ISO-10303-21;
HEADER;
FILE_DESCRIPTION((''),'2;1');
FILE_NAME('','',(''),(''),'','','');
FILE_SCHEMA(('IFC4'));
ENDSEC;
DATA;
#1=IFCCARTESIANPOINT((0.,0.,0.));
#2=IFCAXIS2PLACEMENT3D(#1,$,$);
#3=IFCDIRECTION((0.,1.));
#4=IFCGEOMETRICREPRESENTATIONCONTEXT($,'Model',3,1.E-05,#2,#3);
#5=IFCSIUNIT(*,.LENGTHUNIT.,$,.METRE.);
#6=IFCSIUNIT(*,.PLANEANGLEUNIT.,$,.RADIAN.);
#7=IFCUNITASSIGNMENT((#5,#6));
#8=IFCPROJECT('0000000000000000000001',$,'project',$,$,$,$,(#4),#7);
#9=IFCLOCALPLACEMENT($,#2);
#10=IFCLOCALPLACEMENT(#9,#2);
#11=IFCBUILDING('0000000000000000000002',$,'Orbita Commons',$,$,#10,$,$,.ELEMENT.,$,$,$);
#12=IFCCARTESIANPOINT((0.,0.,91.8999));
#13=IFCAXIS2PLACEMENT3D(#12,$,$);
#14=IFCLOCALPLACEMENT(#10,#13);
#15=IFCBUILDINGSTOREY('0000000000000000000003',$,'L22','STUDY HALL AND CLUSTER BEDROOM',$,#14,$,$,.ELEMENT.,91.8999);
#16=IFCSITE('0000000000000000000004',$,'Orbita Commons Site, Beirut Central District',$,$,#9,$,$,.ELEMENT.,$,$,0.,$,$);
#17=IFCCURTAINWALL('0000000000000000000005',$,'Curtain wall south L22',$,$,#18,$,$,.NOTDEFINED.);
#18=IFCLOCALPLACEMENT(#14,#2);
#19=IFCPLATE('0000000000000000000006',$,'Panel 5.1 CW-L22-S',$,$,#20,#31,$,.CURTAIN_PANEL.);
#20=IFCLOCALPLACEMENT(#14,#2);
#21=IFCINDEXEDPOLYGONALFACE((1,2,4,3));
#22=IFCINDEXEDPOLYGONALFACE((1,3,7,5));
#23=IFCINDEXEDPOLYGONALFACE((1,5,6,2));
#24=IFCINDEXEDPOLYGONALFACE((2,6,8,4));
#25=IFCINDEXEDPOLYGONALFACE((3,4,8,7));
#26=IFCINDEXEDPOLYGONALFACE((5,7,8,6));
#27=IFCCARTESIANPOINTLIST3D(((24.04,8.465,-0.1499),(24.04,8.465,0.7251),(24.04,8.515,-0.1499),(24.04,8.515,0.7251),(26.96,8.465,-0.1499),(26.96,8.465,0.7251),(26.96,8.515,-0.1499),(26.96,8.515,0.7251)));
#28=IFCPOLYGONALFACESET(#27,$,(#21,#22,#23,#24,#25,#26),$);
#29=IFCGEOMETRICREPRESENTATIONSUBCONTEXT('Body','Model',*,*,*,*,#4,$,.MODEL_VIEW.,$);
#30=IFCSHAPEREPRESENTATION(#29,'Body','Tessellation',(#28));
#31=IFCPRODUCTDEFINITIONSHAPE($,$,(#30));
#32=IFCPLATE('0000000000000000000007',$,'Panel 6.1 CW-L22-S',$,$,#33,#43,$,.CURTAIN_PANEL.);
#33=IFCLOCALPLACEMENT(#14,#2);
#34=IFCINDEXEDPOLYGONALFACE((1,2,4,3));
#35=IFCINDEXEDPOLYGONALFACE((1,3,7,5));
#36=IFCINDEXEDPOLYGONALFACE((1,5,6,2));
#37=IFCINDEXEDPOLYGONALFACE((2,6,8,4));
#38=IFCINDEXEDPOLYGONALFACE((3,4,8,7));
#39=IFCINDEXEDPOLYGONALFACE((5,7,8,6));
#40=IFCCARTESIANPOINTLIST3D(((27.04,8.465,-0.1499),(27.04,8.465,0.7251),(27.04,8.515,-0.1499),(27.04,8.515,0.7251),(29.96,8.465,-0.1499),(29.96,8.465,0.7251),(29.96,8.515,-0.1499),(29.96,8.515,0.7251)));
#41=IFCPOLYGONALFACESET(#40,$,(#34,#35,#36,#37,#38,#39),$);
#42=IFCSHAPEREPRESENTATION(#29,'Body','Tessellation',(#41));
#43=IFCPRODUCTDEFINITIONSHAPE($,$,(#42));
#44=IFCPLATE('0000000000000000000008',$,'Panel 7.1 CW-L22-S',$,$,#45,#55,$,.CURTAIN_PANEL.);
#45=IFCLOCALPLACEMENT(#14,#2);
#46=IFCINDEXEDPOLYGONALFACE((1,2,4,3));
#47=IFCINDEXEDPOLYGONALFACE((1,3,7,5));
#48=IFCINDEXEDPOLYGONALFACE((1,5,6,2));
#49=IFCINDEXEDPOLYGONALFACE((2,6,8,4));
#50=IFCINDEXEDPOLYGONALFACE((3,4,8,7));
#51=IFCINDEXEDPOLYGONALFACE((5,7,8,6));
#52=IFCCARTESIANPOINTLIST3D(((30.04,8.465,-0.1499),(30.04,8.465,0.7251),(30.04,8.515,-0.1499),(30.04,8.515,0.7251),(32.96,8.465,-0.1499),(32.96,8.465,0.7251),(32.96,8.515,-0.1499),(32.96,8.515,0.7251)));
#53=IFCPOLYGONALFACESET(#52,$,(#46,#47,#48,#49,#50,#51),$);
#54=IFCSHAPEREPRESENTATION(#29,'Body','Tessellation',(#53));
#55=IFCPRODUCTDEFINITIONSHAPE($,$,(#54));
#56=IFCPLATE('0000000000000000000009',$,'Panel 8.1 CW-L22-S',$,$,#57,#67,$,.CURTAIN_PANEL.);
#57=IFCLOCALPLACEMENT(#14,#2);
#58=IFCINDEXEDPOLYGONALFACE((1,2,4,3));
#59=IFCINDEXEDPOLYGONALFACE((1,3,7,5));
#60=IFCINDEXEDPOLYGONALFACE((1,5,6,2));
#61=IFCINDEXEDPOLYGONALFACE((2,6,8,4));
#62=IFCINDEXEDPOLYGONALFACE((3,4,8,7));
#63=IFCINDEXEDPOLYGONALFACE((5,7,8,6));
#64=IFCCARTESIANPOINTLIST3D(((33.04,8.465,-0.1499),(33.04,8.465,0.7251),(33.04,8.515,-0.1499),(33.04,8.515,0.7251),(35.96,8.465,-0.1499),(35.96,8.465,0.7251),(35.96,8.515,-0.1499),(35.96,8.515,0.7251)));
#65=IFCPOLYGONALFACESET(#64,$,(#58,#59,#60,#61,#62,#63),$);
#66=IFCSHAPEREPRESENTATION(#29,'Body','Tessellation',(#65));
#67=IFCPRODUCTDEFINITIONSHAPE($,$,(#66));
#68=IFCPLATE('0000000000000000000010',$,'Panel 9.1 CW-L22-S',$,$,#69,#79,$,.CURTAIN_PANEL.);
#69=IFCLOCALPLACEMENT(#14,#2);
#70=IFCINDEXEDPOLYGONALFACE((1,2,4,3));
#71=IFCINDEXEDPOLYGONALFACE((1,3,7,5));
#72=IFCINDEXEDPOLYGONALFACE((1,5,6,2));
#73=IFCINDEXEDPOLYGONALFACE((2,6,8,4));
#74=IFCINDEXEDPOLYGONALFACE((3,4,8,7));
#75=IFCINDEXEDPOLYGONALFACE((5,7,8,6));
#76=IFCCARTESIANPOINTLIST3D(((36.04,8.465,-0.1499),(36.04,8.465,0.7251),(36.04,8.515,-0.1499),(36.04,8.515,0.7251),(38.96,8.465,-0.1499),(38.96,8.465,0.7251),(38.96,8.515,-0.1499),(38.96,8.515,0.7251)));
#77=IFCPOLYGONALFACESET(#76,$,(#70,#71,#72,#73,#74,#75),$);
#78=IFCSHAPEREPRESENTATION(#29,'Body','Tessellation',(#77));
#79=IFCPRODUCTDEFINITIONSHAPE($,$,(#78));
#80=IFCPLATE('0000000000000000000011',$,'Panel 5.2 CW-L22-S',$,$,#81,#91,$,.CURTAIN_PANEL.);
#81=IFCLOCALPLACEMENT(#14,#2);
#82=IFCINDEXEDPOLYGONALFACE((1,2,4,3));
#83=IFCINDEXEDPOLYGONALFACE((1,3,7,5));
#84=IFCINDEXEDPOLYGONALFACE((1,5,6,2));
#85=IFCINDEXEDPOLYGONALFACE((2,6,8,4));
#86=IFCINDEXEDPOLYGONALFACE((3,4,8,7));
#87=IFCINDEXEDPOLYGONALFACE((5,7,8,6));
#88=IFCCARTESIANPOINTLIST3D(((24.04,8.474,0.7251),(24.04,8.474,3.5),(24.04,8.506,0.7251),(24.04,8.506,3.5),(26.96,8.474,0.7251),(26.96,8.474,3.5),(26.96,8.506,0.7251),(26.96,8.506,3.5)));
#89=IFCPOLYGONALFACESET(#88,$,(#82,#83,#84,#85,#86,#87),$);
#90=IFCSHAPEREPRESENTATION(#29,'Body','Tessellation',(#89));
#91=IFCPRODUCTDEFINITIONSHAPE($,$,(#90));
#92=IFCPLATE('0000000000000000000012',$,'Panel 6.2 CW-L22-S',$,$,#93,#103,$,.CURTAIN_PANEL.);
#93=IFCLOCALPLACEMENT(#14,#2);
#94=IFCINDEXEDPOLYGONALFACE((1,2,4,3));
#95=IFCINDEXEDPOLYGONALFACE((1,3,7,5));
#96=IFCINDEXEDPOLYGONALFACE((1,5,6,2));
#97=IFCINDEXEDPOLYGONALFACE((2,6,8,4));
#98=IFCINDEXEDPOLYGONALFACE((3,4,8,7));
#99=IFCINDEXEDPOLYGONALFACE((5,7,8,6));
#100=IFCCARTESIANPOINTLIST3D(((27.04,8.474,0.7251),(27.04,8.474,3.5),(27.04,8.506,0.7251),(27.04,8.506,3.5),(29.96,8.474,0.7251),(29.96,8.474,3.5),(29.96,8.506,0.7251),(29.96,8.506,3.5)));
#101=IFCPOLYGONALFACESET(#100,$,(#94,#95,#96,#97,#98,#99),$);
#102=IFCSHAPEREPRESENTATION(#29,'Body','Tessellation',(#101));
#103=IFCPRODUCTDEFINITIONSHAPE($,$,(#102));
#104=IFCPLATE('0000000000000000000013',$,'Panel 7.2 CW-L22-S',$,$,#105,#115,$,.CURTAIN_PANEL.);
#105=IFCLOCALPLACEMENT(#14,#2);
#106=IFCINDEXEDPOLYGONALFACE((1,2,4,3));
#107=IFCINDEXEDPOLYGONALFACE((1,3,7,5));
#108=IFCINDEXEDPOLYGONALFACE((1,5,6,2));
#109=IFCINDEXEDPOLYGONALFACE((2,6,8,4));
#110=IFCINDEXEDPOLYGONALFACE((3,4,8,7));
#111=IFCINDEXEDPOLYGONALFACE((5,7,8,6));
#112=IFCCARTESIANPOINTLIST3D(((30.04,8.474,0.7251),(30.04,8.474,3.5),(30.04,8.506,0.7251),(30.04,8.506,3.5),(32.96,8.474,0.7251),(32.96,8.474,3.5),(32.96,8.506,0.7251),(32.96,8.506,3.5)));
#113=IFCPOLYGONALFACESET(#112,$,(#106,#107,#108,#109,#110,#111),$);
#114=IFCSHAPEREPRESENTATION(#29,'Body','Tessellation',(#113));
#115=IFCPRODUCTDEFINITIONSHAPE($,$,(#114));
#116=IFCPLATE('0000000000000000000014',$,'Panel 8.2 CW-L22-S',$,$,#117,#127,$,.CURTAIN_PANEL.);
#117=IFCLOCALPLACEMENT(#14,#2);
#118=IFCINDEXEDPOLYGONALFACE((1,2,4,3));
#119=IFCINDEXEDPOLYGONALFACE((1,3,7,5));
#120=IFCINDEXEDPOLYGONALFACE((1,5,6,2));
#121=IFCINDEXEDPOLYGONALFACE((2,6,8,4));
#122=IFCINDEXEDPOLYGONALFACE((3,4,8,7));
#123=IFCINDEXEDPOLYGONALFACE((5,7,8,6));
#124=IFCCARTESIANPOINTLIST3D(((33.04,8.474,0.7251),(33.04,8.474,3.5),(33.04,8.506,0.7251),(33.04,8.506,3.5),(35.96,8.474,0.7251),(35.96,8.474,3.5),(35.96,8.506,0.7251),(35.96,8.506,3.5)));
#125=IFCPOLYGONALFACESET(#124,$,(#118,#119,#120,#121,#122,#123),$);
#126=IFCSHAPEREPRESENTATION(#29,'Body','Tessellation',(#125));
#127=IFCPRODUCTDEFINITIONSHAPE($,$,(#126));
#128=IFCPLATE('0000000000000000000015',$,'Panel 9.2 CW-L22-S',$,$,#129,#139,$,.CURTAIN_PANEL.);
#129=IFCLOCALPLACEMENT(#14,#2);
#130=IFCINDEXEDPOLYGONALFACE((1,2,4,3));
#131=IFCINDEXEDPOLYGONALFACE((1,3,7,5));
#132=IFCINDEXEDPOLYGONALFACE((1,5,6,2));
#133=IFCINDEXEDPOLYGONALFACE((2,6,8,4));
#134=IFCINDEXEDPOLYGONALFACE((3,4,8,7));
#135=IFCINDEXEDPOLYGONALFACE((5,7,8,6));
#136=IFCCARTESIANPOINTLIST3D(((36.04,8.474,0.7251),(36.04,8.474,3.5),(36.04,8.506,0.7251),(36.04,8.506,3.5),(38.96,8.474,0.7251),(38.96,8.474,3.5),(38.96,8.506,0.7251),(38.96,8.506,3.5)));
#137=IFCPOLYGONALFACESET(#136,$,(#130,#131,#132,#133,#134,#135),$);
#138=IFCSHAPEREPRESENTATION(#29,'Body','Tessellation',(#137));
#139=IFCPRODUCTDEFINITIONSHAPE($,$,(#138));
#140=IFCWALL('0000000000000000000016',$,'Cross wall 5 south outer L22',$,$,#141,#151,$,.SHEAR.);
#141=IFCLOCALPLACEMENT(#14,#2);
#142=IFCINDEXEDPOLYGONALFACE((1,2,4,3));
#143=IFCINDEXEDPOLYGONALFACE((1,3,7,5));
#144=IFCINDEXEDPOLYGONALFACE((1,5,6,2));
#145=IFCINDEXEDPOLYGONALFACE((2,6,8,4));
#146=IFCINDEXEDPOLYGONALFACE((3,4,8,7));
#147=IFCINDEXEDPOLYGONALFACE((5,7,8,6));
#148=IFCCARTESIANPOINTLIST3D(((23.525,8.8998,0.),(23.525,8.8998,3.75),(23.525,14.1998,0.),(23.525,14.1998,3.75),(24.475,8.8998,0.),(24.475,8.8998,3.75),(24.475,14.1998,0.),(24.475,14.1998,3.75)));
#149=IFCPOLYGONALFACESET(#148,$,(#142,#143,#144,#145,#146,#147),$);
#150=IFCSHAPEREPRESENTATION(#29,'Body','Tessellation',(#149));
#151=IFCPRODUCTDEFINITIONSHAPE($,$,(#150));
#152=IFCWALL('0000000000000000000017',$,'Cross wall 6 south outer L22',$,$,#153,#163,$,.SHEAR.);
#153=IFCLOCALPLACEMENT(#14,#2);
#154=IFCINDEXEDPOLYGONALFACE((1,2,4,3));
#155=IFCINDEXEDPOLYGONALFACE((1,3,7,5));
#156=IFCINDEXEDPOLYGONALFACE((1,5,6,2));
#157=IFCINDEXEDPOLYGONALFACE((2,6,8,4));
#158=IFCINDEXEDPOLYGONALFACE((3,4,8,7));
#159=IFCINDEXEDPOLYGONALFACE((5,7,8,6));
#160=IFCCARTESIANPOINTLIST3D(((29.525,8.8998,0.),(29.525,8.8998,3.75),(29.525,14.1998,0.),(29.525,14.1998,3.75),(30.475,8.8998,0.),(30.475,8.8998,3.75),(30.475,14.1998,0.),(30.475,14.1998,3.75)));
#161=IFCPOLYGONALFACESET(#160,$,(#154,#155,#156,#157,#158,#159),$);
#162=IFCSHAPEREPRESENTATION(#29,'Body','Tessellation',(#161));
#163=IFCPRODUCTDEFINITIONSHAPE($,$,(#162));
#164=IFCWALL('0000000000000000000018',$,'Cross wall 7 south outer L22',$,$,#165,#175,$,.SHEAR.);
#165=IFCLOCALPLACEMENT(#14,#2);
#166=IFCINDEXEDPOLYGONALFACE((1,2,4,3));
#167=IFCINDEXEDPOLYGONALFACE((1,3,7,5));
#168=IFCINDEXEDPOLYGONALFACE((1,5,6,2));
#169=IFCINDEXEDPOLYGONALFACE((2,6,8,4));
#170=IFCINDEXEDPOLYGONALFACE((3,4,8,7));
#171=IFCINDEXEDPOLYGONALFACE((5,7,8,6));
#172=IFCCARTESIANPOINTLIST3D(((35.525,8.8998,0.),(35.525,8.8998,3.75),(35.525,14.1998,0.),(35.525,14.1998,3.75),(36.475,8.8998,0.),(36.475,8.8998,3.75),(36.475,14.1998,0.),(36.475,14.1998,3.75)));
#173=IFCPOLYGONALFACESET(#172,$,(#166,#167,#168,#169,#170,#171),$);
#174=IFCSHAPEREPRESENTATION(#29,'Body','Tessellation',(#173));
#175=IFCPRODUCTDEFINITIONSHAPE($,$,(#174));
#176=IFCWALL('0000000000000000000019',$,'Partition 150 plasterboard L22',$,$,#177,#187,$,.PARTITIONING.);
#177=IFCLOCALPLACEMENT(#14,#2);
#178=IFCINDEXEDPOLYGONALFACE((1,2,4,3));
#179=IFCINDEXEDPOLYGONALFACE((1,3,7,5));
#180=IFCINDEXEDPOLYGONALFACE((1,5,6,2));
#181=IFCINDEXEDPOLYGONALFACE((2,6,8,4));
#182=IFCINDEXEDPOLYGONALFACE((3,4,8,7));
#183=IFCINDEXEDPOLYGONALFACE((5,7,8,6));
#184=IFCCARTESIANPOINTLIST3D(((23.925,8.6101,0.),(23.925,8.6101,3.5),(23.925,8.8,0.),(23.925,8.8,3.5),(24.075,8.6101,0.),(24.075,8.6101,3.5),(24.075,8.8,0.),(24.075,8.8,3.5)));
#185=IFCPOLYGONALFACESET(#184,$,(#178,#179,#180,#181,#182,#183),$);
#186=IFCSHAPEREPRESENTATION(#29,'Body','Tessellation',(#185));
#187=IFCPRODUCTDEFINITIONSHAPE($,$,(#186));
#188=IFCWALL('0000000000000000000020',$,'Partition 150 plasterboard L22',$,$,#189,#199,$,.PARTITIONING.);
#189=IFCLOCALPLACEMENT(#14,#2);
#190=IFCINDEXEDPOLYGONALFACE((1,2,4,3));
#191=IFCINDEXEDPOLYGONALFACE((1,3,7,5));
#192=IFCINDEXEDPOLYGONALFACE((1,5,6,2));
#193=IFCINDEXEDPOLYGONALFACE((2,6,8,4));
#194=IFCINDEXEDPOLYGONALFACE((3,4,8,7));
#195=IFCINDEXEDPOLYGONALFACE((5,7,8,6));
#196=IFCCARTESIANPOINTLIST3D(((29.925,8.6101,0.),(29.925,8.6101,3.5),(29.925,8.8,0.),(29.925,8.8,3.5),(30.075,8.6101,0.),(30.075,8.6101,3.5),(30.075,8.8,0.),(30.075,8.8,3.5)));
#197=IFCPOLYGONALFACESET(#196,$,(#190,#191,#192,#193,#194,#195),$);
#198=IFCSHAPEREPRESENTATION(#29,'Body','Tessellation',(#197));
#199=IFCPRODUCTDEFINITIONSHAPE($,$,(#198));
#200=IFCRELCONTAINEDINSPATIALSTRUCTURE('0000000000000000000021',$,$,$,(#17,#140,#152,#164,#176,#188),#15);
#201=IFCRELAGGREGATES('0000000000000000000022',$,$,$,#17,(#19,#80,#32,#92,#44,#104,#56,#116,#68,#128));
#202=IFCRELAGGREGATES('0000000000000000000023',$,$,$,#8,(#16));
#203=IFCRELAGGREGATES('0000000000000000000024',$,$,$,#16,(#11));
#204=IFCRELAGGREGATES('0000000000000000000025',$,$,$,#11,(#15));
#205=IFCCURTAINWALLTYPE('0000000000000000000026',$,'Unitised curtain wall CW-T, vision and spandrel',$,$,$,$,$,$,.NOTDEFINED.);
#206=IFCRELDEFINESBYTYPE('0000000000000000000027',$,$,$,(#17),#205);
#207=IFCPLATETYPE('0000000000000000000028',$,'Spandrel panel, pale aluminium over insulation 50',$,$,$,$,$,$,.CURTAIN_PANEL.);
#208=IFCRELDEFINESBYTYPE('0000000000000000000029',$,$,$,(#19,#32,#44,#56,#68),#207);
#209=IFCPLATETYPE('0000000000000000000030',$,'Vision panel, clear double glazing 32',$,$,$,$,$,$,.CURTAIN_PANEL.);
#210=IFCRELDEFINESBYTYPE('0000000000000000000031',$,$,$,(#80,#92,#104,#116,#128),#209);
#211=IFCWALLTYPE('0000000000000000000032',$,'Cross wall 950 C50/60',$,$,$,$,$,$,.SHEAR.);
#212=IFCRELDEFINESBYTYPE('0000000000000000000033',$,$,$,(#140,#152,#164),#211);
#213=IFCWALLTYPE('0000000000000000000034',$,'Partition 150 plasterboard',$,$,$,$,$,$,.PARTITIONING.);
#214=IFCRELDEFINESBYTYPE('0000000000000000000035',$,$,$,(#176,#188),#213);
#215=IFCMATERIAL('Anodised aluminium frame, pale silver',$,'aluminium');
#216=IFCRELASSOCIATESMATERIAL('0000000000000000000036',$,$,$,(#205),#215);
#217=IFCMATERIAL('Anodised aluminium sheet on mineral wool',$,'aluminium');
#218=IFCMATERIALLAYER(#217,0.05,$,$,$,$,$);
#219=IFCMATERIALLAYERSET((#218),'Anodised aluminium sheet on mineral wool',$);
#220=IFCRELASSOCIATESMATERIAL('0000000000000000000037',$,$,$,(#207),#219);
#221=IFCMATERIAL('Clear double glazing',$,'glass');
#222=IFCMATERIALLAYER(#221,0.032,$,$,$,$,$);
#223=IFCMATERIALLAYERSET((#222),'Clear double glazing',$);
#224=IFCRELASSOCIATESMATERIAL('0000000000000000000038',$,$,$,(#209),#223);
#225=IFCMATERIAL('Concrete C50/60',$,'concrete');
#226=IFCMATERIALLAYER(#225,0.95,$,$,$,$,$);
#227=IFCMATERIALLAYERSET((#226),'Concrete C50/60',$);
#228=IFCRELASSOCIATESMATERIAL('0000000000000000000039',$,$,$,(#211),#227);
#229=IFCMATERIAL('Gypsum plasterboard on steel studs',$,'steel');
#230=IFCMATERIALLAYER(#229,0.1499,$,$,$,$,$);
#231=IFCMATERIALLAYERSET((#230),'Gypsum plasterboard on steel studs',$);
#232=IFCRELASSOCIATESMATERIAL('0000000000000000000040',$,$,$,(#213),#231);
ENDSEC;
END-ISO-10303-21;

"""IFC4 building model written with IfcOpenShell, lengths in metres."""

from ifc_helpers import new_model, si_unit, direction, frame, frame_2d, origin, origin_2d, place, context, subcontext, project, spatial, rectangle, extrude, material, layer, layer_set, type_object, element, aggregate, save


model = new_model("IFC4")

# Units and contexts
model_context = context("Model", 3, precision=1e-05, world=origin(), true_north=direction((0.0, 1.0)))
body_context = subcontext(model_context, "Body", "Model", "MODEL_VIEW")
ifc_project = project(units=[si_unit("LENGTHUNIT", "METRE"), si_unit("PLANEANGLEUNIT", "RADIAN")], contexts=[model_context])

# Site, building, storey
site_placement = place(None, origin())
site = spatial("IfcSite", under=ifc_project, at=site_placement, Name="Orbita Commons Site, Beirut Central District", CompositionType="ELEMENT", RefElevation=0.0)
building_placement = place(site_placement, origin())
building = spatial("IfcBuilding", under=site, at=building_placement, Name="Orbita Commons", CompositionType="ELEMENT")
storey_placement = place(building_placement, frame((0.0, 0.0, 91.8999)))
storey = spatial("IfcBuildingStorey", under=building, at=storey_placement, Name="L22", Description="STUDY HALL AND CLUSTER BEDROOM", CompositionType="ELEMENT", Elevation=91.8999)

# Curtain wall, plates
ifc_material_1 = material(Name="Anodised aluminium frame, pale silver", Category="aluminium")
curtain_wall_type = type_object("IfcCurtainWallType", Name="Unitised curtain wall CW-T, vision and spandrel", PredefinedType="NOTDEFINED", material=ifc_material_1)
curtain_wall_placement = place(storey_placement, origin())
curtain_wall = element("IfcCurtainWall", 1, at=curtain_wall_placement, inside=storey, type_object=curtain_wall_type, Name="Curtain wall south L22", PredefinedType="NOTDEFINED")
ifc_material_2 = material(Name="Anodised aluminium sheet on mineral wool", Category="aluminium")
ifc_layer_1 = layer(ifc_material_2, 0.05)
ifc_layer_set_1 = layer_set([ifc_layer_1], Name="Anodised aluminium sheet on mineral wool")
plate_type_1 = type_object("IfcPlateType", Name="Spandrel panel, pale aluminium over insulation 50", PredefinedType="CURTAIN_PANEL", material=ifc_layer_set_1)
plate_1_placement = place(storey_placement, frame((25.5, 8.49, -0.1499), z_axis=(0.0, 0.0, 1.0), x_axis=(1.0, 0.0, 0.0)))
plate_1 = element("IfcPlate", 2, at=plate_1_placement, type_object=plate_type_1, Name="Panel 5.1 CW-L22-S", PredefinedType="CURTAIN_PANEL", context=body_context, shape_type="SweptSolid", body=[
    extrude(rectangle(XDim=2.9199, YDim=0.05, at=origin_2d()), origin(), (0.0, 0.0, 1.0), 0.875),
])
plate_2_placement = place(storey_placement, frame((28.5, 8.49, -0.1499), z_axis=(0.0, 0.0, 1.0), x_axis=(1.0, 0.0, 0.0)))
plate_2 = element("IfcPlate", 3, at=plate_2_placement, type_object=plate_type_1, Name="Panel 6.1 CW-L22-S", PredefinedType="CURTAIN_PANEL", context=body_context, shape_type="SweptSolid", body=[
    extrude(rectangle(XDim=2.9199, YDim=0.05, at=origin_2d()), origin(), (0.0, 0.0, 1.0), 0.875),
])
plate_3_placement = place(storey_placement, frame((31.5, 8.49, -0.1499), z_axis=(0.0, 0.0, 1.0), x_axis=(1.0, 0.0, 0.0)))
plate_3 = element("IfcPlate", 4, at=plate_3_placement, type_object=plate_type_1, Name="Panel 7.1 CW-L22-S", PredefinedType="CURTAIN_PANEL", context=body_context, shape_type="SweptSolid", body=[
    extrude(rectangle(XDim=2.9199, YDim=0.05, at=origin_2d()), origin(), (0.0, 0.0, 1.0), 0.875),
])
plate_4_placement = place(storey_placement, frame((34.5, 8.49, -0.1499), z_axis=(0.0, 0.0, 1.0), x_axis=(1.0, 0.0, 0.0)))
plate_4 = element("IfcPlate", 5, at=plate_4_placement, type_object=plate_type_1, Name="Panel 8.1 CW-L22-S", PredefinedType="CURTAIN_PANEL", context=body_context, shape_type="SweptSolid", body=[
    extrude(rectangle(XDim=2.9199, YDim=0.05, at=origin_2d()), origin(), (0.0, 0.0, 1.0), 0.875),
])
plate_5_placement = place(storey_placement, frame((37.5, 8.49, -0.1499), z_axis=(0.0, 0.0, 1.0), x_axis=(1.0, 0.0, 0.0)))
plate_5 = element("IfcPlate", 6, at=plate_5_placement, type_object=plate_type_1, Name="Panel 9.1 CW-L22-S", PredefinedType="CURTAIN_PANEL", context=body_context, shape_type="SweptSolid", body=[
    extrude(rectangle(XDim=2.9199, YDim=0.05, at=origin_2d()), origin(), (0.0, 0.0, 1.0), 0.875),
])
ifc_material_3 = material(Name="Clear double glazing", Category="glass")
ifc_layer_2 = layer(ifc_material_3, 0.032)
ifc_layer_set_2 = layer_set([ifc_layer_2], Name="Clear double glazing")
plate_type_2 = type_object("IfcPlateType", Name="Vision panel, clear double glazing 32", PredefinedType="CURTAIN_PANEL", material=ifc_layer_set_2)
plate_6_placement = place(storey_placement, frame((25.5, 8.49, 0.7251), z_axis=(0.0, 0.0, 1.0), x_axis=(1.0, 0.0, 0.0)))
plate_6 = element("IfcPlate", 7, at=plate_6_placement, type_object=plate_type_2, Name="Panel 5.2 CW-L22-S", PredefinedType="CURTAIN_PANEL", context=body_context, shape_type="SweptSolid", body=[
    extrude(rectangle(XDim=2.9199, YDim=0.032, at=origin_2d()), origin(), (0.0, 0.0, 1.0), 2.7749),
])
plate_7_placement = place(storey_placement, frame((28.5, 8.49, 0.7251), z_axis=(0.0, 0.0, 1.0), x_axis=(1.0, 0.0, 0.0)))
plate_7 = element("IfcPlate", 8, at=plate_7_placement, type_object=plate_type_2, Name="Panel 6.2 CW-L22-S", PredefinedType="CURTAIN_PANEL", context=body_context, shape_type="SweptSolid", body=[
    extrude(rectangle(XDim=2.9199, YDim=0.032, at=origin_2d()), origin(), (0.0, 0.0, 1.0), 2.7749),
])
plate_8_placement = place(storey_placement, frame((31.5, 8.49, 0.7251), z_axis=(0.0, 0.0, 1.0), x_axis=(1.0, 0.0, 0.0)))
plate_8 = element("IfcPlate", 9, at=plate_8_placement, type_object=plate_type_2, Name="Panel 7.2 CW-L22-S", PredefinedType="CURTAIN_PANEL", context=body_context, shape_type="SweptSolid", body=[
    extrude(rectangle(XDim=2.9199, YDim=0.032, at=origin_2d()), origin(), (0.0, 0.0, 1.0), 2.7749),
])
plate_9_placement = place(storey_placement, frame((34.5, 8.49, 0.7251), z_axis=(0.0, 0.0, 1.0), x_axis=(1.0, 0.0, 0.0)))
plate_9 = element("IfcPlate", 10, at=plate_9_placement, type_object=plate_type_2, Name="Panel 8.2 CW-L22-S", PredefinedType="CURTAIN_PANEL", context=body_context, shape_type="SweptSolid", body=[
    extrude(rectangle(XDim=2.9199, YDim=0.032, at=origin_2d()), origin(), (0.0, 0.0, 1.0), 2.7749),
])
plate_10_placement = place(storey_placement, frame((37.5, 8.49, 0.7251), z_axis=(0.0, 0.0, 1.0), x_axis=(1.0, 0.0, 0.0)))
plate_10 = element("IfcPlate", 11, at=plate_10_placement, type_object=plate_type_2, Name="Panel 9.2 CW-L22-S", PredefinedType="CURTAIN_PANEL", context=body_context, shape_type="SweptSolid", body=[
    extrude(rectangle(XDim=2.9199, YDim=0.032, at=origin_2d()), origin(), (0.0, 0.0, 1.0), 2.7749),
])
aggregate(curtain_wall, [plate_1, plate_6, plate_2, plate_7, plate_3, plate_8, plate_4, plate_9, plate_5, plate_10])

# Walls
ifc_material_4 = material(Name="Concrete C50/60", Category="concrete")
ifc_layer_3 = layer(ifc_material_4, 0.95)
ifc_layer_set_3 = layer_set([ifc_layer_3], Name="Concrete C50/60")
wall_type_1 = type_object("IfcWallType", Name="Cross wall 950 C50/60", PredefinedType="SHEAR", material=ifc_layer_set_3)
for number, where, z_axis, x_axis, name in (
    (12, (24.0, 8.8999, 0.0), (0.0, 0.0, 1.0), (0.0, 1.0, 0.0), "Cross wall 5 south outer L22"),
    (13, (30.0, 8.8999, 0.0), (0.0, 0.0, 1.0), (0.0, 1.0, 0.0), "Cross wall 6 south outer L22"),
    (14, (36.0, 8.8999, 0.0), (0.0, 0.0, 1.0), (0.0, 1.0, 0.0), "Cross wall 7 south outer L22"),
):
    element("IfcWall", number, at=place(storey_placement, frame(where, z_axis=z_axis, x_axis=x_axis)), inside=storey, type_object=wall_type_1, Name=name, PredefinedType="SHEAR", context=body_context, shape_type="SweptSolid", body=[
        extrude(rectangle(XDim=5.3, YDim=0.95, at=frame_2d((2.6499, 0.0))), origin(), (0.0, 0.0, 1.0), 3.75),
    ])
ifc_material_5 = material(Name="Gypsum plasterboard on steel studs", Category="steel")
ifc_layer_4 = layer(ifc_material_5, 0.1499)
ifc_layer_set_4 = layer_set([ifc_layer_4], Name="Gypsum plasterboard on steel studs")
wall_type_2 = type_object("IfcWallType", Name="Partition 150 plasterboard", PredefinedType="PARTITIONING", material=ifc_layer_set_4)
for number, where, z_axis, x_axis, name in (
    (15, (24.0, 8.8, 0.0), (0.0, 0.0, 1.0), (0.0, -1.0, 0.0), "Partition 150 plasterboard L22"),
    (16, (30.0, 8.8, 0.0), (0.0, 0.0, 1.0), (0.0, -1.0, 0.0), "Partition 150 plasterboard L22"),
):
    element("IfcWall", number, at=place(storey_placement, frame(where, z_axis=z_axis, x_axis=x_axis)), inside=storey, type_object=wall_type_2, Name=name, PredefinedType="PARTITIONING", context=body_context, shape_type="SweptSolid", body=[
        extrude(rectangle(XDim=0.1899, YDim=0.1499, at=frame_2d((0.095, 0.0))), origin(), (0.0, 0.0, 1.0), 3.5),
    ])

save(model, "model.ifc")
